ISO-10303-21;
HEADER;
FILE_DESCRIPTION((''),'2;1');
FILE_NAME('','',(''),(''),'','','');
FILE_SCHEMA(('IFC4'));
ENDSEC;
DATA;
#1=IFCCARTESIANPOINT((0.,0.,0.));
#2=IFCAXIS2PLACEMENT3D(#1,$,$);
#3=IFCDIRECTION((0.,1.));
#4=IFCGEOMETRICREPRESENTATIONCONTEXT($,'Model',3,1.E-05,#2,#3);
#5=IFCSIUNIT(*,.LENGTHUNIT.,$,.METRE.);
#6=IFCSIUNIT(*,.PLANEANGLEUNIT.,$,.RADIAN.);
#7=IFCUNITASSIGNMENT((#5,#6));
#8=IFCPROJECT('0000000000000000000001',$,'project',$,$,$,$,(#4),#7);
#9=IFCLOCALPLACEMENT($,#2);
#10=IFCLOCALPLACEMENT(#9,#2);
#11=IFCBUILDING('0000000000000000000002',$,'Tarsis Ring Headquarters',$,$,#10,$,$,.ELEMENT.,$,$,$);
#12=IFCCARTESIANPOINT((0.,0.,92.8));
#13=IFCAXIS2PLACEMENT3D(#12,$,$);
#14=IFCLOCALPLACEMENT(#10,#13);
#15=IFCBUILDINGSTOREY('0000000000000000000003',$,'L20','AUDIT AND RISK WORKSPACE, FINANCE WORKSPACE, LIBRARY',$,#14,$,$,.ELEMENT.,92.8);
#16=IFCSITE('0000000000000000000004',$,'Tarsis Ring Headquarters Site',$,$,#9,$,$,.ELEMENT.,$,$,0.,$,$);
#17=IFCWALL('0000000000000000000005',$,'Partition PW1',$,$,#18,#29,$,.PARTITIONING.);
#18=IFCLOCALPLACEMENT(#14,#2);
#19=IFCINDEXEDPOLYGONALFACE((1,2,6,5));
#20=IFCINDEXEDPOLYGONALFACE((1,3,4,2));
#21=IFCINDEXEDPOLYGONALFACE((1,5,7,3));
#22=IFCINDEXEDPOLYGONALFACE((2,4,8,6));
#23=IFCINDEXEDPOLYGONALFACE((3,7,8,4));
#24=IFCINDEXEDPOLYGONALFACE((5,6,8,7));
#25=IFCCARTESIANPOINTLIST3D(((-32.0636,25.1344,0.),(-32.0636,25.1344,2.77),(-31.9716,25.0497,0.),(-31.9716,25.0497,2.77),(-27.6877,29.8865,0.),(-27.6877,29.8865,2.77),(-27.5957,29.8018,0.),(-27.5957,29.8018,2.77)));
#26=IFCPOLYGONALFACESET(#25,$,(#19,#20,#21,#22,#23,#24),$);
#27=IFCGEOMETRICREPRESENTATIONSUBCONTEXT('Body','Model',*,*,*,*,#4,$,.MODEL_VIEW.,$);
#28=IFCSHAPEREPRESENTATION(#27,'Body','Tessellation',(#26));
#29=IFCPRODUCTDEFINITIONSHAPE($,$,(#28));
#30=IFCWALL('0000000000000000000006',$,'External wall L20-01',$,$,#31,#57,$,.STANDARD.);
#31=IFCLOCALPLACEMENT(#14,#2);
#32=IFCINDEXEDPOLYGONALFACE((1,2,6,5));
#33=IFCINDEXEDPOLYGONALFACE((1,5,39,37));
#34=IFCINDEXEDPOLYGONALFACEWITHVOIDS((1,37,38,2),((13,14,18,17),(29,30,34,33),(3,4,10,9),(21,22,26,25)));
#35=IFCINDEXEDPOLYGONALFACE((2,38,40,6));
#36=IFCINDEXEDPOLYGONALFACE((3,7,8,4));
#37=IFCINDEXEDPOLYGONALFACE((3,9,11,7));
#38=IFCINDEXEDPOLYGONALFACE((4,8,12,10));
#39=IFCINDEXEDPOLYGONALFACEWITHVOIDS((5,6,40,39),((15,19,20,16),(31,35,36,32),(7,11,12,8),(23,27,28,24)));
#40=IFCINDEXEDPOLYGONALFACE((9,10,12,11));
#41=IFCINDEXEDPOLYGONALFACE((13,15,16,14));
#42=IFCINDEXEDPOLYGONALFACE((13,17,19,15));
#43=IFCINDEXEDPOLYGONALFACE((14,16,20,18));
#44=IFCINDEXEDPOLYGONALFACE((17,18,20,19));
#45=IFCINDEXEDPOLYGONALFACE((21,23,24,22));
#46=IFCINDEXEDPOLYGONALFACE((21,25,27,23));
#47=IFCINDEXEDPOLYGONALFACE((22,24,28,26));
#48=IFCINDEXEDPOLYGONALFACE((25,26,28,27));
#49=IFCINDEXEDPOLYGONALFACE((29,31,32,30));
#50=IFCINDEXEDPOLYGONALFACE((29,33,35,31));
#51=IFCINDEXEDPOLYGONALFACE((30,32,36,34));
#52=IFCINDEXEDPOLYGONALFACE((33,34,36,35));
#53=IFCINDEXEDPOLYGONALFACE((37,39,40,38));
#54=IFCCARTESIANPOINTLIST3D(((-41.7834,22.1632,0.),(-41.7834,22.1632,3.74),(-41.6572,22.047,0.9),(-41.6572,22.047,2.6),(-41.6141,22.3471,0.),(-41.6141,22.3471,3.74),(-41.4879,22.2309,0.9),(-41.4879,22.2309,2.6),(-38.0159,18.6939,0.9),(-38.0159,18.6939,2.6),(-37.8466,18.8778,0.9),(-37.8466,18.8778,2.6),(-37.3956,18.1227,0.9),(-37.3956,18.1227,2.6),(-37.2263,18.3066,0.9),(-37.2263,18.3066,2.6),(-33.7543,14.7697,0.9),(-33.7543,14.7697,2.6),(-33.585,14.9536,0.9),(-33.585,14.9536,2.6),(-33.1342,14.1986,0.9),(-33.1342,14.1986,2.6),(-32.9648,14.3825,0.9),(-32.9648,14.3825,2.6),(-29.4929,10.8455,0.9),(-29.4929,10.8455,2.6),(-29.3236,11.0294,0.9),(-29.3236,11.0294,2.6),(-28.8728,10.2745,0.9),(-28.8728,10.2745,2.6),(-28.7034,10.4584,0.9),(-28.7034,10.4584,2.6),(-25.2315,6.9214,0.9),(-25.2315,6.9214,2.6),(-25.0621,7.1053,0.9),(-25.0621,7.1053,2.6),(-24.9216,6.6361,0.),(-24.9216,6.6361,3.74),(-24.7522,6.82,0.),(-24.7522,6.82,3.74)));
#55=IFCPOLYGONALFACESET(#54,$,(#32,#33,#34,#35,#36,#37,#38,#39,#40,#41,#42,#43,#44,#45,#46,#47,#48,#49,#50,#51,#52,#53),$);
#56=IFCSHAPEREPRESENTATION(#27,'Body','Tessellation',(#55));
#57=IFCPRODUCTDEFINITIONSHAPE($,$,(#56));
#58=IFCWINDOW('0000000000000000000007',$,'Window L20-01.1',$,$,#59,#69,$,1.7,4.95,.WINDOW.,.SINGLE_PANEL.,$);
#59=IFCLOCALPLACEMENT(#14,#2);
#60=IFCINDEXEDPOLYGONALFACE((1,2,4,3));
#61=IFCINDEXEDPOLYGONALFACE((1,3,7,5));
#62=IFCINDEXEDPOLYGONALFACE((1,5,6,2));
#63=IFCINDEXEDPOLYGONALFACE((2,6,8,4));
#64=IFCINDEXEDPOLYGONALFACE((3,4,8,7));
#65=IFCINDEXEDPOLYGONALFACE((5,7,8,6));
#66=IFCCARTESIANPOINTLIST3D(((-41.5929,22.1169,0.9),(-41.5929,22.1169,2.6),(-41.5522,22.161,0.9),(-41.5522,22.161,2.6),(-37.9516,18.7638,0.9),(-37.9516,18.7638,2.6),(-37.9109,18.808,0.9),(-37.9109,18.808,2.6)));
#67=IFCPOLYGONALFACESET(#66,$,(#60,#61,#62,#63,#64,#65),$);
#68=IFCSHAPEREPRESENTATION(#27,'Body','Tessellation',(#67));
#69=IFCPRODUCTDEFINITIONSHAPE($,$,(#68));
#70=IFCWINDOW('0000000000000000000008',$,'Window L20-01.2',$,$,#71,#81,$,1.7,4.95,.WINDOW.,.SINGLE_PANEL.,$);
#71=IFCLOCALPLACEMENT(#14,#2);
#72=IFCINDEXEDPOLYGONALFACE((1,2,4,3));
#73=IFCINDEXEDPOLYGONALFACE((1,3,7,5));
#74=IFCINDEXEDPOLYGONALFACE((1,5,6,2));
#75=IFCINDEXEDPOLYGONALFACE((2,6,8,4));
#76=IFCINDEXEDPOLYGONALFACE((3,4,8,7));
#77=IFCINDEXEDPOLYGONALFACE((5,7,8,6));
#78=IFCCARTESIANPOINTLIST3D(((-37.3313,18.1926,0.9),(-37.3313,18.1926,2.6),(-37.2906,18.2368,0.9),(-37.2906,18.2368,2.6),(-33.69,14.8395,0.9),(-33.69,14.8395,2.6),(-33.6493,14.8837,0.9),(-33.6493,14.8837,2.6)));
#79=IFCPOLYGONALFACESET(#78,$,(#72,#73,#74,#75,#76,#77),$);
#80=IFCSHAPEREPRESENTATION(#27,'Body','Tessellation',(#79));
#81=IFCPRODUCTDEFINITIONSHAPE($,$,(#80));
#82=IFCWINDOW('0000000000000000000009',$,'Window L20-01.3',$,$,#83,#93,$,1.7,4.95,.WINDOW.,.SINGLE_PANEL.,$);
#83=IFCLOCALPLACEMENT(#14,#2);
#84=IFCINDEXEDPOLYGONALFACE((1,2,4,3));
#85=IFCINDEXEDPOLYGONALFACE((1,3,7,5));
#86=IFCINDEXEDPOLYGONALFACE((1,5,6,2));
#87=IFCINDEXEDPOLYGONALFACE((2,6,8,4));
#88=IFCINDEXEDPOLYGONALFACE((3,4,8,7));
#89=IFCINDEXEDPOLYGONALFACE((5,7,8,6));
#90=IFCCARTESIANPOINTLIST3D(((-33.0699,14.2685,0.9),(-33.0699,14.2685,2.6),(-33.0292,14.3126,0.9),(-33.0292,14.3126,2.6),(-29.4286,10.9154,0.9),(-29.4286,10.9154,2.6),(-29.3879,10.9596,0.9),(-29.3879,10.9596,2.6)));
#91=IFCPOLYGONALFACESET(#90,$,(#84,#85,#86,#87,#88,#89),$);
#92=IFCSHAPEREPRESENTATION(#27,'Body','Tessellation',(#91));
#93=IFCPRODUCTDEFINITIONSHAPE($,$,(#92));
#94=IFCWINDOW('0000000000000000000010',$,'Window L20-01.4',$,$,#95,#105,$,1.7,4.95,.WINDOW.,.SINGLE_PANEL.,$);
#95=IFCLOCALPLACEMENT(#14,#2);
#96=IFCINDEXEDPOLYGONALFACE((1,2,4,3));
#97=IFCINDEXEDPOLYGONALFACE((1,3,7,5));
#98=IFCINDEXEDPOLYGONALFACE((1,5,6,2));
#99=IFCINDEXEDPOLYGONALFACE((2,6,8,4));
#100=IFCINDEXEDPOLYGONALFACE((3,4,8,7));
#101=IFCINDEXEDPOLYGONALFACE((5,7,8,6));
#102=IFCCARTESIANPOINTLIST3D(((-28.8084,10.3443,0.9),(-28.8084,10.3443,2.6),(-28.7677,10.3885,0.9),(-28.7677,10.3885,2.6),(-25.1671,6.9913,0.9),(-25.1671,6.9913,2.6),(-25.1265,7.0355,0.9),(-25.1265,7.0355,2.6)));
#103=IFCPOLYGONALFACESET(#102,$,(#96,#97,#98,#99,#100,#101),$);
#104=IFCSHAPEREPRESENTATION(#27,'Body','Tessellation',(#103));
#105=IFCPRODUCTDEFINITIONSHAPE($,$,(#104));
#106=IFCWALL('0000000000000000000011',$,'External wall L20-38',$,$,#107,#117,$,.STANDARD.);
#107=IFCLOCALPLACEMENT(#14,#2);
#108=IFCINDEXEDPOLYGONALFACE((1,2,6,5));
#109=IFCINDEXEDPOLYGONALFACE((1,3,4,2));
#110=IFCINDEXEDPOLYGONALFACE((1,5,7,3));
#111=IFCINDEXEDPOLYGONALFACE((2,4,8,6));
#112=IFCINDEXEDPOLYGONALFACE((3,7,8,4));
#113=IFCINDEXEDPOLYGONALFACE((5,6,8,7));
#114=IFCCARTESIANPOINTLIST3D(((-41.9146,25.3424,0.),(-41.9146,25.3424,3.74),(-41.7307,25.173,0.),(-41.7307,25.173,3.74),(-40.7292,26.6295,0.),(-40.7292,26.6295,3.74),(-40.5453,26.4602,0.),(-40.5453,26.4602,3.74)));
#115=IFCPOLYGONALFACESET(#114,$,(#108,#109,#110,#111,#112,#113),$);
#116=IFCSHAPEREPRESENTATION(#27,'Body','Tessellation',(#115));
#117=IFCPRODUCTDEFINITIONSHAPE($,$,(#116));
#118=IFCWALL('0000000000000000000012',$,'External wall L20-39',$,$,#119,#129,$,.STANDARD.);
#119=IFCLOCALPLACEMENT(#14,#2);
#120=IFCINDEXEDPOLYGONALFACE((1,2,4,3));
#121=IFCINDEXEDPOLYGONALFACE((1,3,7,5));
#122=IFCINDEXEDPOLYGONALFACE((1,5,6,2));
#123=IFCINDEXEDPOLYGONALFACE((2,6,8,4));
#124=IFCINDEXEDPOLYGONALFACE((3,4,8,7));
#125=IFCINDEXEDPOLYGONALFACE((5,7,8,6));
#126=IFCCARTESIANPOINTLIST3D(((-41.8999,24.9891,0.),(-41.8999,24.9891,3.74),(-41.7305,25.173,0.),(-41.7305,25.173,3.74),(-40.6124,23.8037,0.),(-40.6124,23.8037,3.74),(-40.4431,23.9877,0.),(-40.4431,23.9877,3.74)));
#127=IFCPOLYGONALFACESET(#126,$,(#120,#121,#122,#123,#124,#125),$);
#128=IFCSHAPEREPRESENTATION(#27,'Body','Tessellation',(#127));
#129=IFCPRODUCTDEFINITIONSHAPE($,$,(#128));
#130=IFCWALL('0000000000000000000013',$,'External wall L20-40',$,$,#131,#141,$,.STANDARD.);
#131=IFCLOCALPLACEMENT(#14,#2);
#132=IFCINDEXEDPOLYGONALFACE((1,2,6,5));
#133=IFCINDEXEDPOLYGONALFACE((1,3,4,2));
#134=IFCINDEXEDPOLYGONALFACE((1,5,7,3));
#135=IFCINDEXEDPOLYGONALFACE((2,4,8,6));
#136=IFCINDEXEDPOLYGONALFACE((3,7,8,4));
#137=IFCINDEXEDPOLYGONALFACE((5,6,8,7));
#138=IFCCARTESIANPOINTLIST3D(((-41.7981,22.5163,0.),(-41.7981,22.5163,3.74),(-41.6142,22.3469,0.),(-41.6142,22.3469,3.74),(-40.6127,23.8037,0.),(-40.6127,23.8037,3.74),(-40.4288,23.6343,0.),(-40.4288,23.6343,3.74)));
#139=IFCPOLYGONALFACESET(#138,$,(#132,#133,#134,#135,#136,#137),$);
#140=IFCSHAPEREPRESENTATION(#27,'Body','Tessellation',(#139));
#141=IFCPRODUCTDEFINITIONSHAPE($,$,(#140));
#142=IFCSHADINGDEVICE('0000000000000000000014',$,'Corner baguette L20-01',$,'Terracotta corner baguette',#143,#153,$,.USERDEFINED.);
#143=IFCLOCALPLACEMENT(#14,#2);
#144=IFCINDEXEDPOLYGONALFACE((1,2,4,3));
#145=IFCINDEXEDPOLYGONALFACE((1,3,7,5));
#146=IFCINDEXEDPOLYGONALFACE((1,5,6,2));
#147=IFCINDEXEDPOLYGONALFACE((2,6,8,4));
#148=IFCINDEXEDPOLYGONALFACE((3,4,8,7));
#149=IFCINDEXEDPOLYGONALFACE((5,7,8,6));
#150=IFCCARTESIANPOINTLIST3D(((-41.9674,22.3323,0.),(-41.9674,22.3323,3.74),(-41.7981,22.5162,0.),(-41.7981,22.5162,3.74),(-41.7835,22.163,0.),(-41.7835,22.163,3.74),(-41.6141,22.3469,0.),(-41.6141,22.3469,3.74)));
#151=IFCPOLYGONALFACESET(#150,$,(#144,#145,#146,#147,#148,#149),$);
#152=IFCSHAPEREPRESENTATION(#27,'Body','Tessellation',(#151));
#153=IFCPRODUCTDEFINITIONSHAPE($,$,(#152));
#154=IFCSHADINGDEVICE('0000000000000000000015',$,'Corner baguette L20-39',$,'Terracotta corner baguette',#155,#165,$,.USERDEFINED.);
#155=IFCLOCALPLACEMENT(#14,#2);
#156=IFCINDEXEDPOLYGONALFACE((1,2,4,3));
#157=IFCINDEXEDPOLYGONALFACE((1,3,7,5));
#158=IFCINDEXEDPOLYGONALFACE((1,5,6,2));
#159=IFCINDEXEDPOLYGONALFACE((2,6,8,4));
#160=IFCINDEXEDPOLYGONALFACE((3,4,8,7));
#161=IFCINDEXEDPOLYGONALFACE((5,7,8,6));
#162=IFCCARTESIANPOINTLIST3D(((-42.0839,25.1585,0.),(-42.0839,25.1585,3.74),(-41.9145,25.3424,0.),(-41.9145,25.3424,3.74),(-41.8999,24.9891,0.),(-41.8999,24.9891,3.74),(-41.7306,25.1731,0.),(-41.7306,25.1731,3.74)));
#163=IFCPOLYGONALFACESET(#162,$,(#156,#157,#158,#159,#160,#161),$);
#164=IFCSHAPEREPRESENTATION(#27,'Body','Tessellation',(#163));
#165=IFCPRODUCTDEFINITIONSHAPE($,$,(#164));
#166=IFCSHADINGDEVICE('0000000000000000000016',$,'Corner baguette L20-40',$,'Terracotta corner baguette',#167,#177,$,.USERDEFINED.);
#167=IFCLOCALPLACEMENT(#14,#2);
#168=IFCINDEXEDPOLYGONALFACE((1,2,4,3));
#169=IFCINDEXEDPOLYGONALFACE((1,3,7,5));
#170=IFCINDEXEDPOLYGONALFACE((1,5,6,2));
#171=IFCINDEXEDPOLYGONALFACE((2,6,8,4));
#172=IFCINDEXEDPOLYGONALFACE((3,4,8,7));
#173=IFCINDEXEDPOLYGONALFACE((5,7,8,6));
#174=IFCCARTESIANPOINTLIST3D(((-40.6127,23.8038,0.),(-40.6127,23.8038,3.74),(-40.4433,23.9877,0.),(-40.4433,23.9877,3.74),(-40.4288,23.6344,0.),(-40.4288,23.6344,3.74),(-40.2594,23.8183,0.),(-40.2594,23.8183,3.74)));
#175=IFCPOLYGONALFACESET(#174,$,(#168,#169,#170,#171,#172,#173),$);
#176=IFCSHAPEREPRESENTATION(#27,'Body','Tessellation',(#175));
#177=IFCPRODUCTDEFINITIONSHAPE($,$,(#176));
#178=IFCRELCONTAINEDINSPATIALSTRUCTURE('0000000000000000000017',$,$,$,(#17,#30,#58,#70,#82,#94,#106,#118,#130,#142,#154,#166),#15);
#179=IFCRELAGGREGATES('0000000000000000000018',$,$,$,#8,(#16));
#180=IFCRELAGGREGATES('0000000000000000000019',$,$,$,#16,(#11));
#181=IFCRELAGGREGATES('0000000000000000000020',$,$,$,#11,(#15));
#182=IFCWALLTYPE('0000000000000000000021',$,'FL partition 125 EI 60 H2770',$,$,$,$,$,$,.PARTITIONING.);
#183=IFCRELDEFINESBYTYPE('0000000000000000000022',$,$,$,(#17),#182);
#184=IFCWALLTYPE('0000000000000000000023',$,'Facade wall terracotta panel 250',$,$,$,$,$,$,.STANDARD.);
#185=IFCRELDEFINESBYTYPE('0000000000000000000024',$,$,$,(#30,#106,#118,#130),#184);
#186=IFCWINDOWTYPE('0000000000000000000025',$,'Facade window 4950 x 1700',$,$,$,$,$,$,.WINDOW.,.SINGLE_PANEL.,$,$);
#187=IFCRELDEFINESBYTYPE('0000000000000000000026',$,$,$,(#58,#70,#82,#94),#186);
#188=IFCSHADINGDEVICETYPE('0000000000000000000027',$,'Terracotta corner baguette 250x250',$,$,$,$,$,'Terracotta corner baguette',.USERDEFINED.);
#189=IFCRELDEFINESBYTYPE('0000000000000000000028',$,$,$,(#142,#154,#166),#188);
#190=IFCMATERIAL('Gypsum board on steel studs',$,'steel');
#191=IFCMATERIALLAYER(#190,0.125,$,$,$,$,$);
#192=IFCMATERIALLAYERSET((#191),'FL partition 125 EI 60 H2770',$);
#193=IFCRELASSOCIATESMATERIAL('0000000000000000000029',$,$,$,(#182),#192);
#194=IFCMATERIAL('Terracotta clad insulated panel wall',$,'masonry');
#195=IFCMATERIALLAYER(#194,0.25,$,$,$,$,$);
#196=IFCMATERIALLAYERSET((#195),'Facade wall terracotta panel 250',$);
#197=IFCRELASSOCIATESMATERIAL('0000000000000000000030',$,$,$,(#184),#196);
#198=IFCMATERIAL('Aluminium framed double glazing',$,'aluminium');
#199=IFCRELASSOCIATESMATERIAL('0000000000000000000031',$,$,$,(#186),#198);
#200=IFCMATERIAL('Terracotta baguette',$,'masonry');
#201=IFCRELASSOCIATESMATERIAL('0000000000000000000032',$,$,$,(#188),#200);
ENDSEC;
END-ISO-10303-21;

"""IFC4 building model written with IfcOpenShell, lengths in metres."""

from ifc_helpers import new_model, si_unit, direction, frame, frame_2d, origin, origin_2d, place, context, subcontext, project, spatial, rectangle, extrude, material, layer, layer_set, type_object, element, fill, save


model = new_model("IFC4")

# Units and contexts
model_context = context("Model", 3, precision=1e-05, world=origin(), true_north=direction((0.0, 1.0)))
body_context = subcontext(model_context, "Body", "Model", "MODEL_VIEW")
ifc_project = project(units=[si_unit("LENGTHUNIT", "METRE"), si_unit("PLANEANGLEUNIT", "RADIAN")], contexts=[model_context])

# Site, building, storey
site_placement = place(None, origin())
site = spatial("IfcSite", under=ifc_project, at=site_placement, Name="Tarsis Ring Headquarters Site", CompositionType="ELEMENT", RefElevation=0.0)
building_placement = place(site_placement, origin())
building = spatial("IfcBuilding", under=site, at=building_placement, Name="Tarsis Ring Headquarters", CompositionType="ELEMENT")
storey_placement = place(building_placement, frame((0.0, 0.0, 92.8)))
storey = spatial("IfcBuildingStorey", under=building, at=storey_placement, Name="L20", Description="AUDIT AND RISK WORKSPACE, FINANCE WORKSPACE, LIBRARY", CompositionType="ELEMENT", Elevation=92.8)

# Shared definitions
ifc_material_1 = material(Name="Gypsum board on steel studs", Category="steel")
ifc_layer_1 = layer(ifc_material_1, 0.125)
ifc_layer_set_1 = layer_set([ifc_layer_1], Name="FL partition 125 EI 60 H2770")
wall_type_1 = type_object("IfcWallType", Name="FL partition 125 EI 60 H2770", PredefinedType="PARTITIONING", material=ifc_layer_set_1)

# Wall
wall_1_placement = place(storey_placement, frame((-32.0176, 25.092, 0.0), z_axis=(0.0, 0.0, 1.0), x_axis=(0.677388, 0.735626, 0.0)))
element("IfcWall", 1, at=wall_1_placement, inside=storey, type_object=wall_type_1, Name="Partition PW1", PredefinedType="PARTITIONING", context=body_context, shape_type="SweptSolid", body=[
    extrude(rectangle(XDim=6.46, YDim=0.125, at=frame_2d((3.23, 0.0))), origin(), (0.0, 0.0, 1.0), 2.77),
])

# Wall, openings, windows
ifc_material_2 = material(Name="Terracotta clad insulated panel wall", Category="masonry")
ifc_layer_2 = layer(ifc_material_2, 0.25)
ifc_layer_set_2 = layer_set([ifc_layer_2], Name="Facade wall terracotta panel 250")
wall_type_2 = type_object("IfcWallType", Name="Facade wall terracotta panel 250", PredefinedType="STANDARD", material=ifc_layer_set_2)
wall_2_placement = place(storey_placement, frame((-41.6987, 22.2551, 0.0), z_axis=(0.0, 0.0, 1.0), x_axis=(0.735622, -0.677393, 0.0)))
wall_2 = element("IfcWall", 2, at=wall_2_placement, inside=storey, type_object=wall_type_2, Name="External wall L20-01", PredefinedType="STANDARD", context=body_context, shape_type="SweptSolid", body=[
    extrude(rectangle(XDim=22.9219, YDim=0.25, at=frame_2d((11.4609, 0.0))), origin(), (0.0, 0.0, 1.0), 3.74),
])
opening_1_placement = place(wall_2_placement, frame((0.1714, 0.0, 0.8999)))
opening_1 = element("IfcOpeningElement", 3, at=opening_1_placement, cuts=wall_2, PredefinedType="OPENING", context=body_context, shape_type="SweptSolid", body=[
    extrude(rectangle(XDim=4.95, YDim=1.7, at=frame_2d((2.4751, 0.8501))), frame((0.0, 0.135, 0.0), z_axis=(0.0, -1.0, 0.0), x_axis=(1.0, 0.0, 0.0)), (0.0, 0.0, 1.0), 0.27),
])
opening_2_placement = place(wall_2_placement, frame((5.9646, 0.0, 0.8999)))
opening_2 = element("IfcOpeningElement", 4, at=opening_2_placement, cuts=wall_2, PredefinedType="OPENING", context=body_context, shape_type="SweptSolid", body=[
    extrude(rectangle(XDim=4.95, YDim=1.7, at=frame_2d((2.4751, 0.8501))), frame((0.0, 0.135, 0.0), z_axis=(0.0, -1.0, 0.0), x_axis=(1.0, 0.0, 0.0)), (0.0, 0.0, 1.0), 0.27),
])
opening_3_placement = place(wall_2_placement, frame((11.7576, 0.0, 0.8999)))
opening_3 = element("IfcOpeningElement", 5, at=opening_3_placement, cuts=wall_2, PredefinedType="OPENING", context=body_context, shape_type="SweptSolid", body=[
    extrude(rectangle(XDim=4.95, YDim=1.7, at=frame_2d((2.4751, 0.8501))), frame((0.0, 0.135, 0.0), z_axis=(0.0, -1.0, 0.0), x_axis=(1.0, 0.0, 0.0)), (0.0, 0.0, 1.0), 0.27),
])
opening_4_placement = place(wall_2_placement, frame((17.5505, 0.0, 0.8999)))
opening_4 = element("IfcOpeningElement", 6, at=opening_4_placement, cuts=wall_2, PredefinedType="OPENING", context=body_context, shape_type="SweptSolid", body=[
    extrude(rectangle(XDim=4.95, YDim=1.7, at=frame_2d((2.4751, 0.8501))), frame((0.0, 0.135, 0.0), z_axis=(0.0, -1.0, 0.0), x_axis=(1.0, 0.0, 0.0)), (0.0, 0.0, 1.0), 0.27),
])
ifc_material_3 = material(Name="Aluminium framed double glazing", Category="aluminium")
window_type = type_object("IfcWindowType", Name="Facade window 4950 x 1700", PartitioningType="SINGLE_PANEL", PredefinedType="WINDOW", material=ifc_material_3)
window_1_placement = place(opening_1_placement, origin())
window_1 = element("IfcWindow", 7, at=window_1_placement, inside=storey, type_object=window_type, Name="Window L20-01.1", OverallHeight=1.7, OverallWidth=4.95, PartitioningType="SINGLE_PANEL", PredefinedType="WINDOW", context=body_context, shape_type="SweptSolid", body=[
    extrude(rectangle(XDim=4.95, YDim=1.7, at=frame_2d((2.4751, 0.8501))), frame((0.0, 0.03, 0.0), z_axis=(0.0, -1.0, 0.0), x_axis=(1.0, 0.0, 0.0)), (0.0, 0.0, 1.0), 0.0601),
])
fill(opening_1, window_1)
window_2_placement = place(opening_2_placement, origin())
window_2 = element("IfcWindow", 8, at=window_2_placement, inside=storey, type_object=window_type, Name="Window L20-01.2", OverallHeight=1.7, OverallWidth=4.95, PartitioningType="SINGLE_PANEL", PredefinedType="WINDOW", context=body_context, shape_type="SweptSolid", body=[
    extrude(rectangle(XDim=4.95, YDim=1.7, at=frame_2d((2.4751, 0.8501))), frame((0.0, 0.03, 0.0), z_axis=(0.0, -1.0, 0.0), x_axis=(1.0, 0.0, 0.0)), (0.0, 0.0, 1.0), 0.0601),
])
fill(opening_2, window_2)
window_3_placement = place(opening_3_placement, origin())
window_3 = element("IfcWindow", 9, at=window_3_placement, inside=storey, type_object=window_type, Name="Window L20-01.3", OverallHeight=1.7, OverallWidth=4.95, PartitioningType="SINGLE_PANEL", PredefinedType="WINDOW", context=body_context, shape_type="SweptSolid", body=[
    extrude(rectangle(XDim=4.95, YDim=1.7, at=frame_2d((2.4751, 0.8501))), frame((0.0, 0.03, 0.0), z_axis=(0.0, -1.0, 0.0), x_axis=(1.0, 0.0, 0.0)), (0.0, 0.0, 1.0), 0.0601),
])
fill(opening_3, window_3)
window_4_placement = place(opening_4_placement, origin())
window_4 = element("IfcWindow", 10, at=window_4_placement, inside=storey, type_object=window_type, Name="Window L20-01.4", OverallHeight=1.7, OverallWidth=4.95, PartitioningType="SINGLE_PANEL", PredefinedType="WINDOW", context=body_context, shape_type="SweptSolid", body=[
    extrude(rectangle(XDim=4.95, YDim=1.7, at=frame_2d((2.4751, 0.8501))), frame((0.0, 0.03, 0.0), z_axis=(0.0, -1.0, 0.0), x_axis=(1.0, 0.0, 0.0)), (0.0, 0.0, 1.0), 0.0601),
])
fill(opening_4, window_4)

# Walls
wall_3_placement = place(storey_placement, frame((-40.6372, 26.5449, 0.0), z_axis=(0.0, 0.0, 1.0), x_axis=(-0.677416, -0.7356, 0.0)))
element("IfcWall", 11, at=wall_3_placement, inside=storey, type_object=wall_type_2, Name="External wall L20-38", PredefinedType="STANDARD", context=body_context, shape_type="SweptSolid", body=[
    extrude(rectangle(XDim=1.7498, YDim=0.25, at=frame_2d((0.875, 0.0))), origin(), (0.0, 0.0, 1.0), 3.74),
])
for number, where, z_axis, x_axis, name in (
    (12, (-41.8152, 25.0811, 0.0), (0.0, 0.0, 1.0), (0.735664, -0.677347, 0.0), "External wall L20-39"),
    (13, (-40.5208, 23.719, 0.0), (0.0, 0.0, 1.0), (-0.677347, -0.735664, 0.0), "External wall L20-40"),
):
    element("IfcWall", number, at=place(storey_placement, frame(where, z_axis=z_axis, x_axis=x_axis)), inside=storey, type_object=wall_type_2, Name=name, PredefinedType="STANDARD", context=body_context, shape_type="SweptSolid", body=[
        extrude(rectangle(XDim=1.75, YDim=0.25, at=frame_2d((0.875, 0.0))), origin(), (0.0, 0.0, 1.0), 3.74),
    ])

# Shading devices
ifc_material_4 = material(Name="Terracotta baguette", Category="masonry")
shading_device_type_1 = type_object("IfcShadingDeviceType", Name="Terracotta corner baguette 250x250", ElementType="Terracotta corner baguette", PredefinedType="USERDEFINED", material=ifc_material_4)
for number, where, z_axis, x_axis, name in (
    (14, (-41.7908, 22.3396, 0.0), (0.0, 0.0, 1.0), (-0.67739, -0.735624, 0.0), "Corner baguette L20-01"),
    (15, (-41.9072, 25.1658, 0.0), (0.0, 0.0, 1.0), (-0.67739, -0.735624, 0.0), "Corner baguette L20-39"),
    (16, (-40.436, 23.811, 0.0), (0.0, 0.0, 1.0), (0.735625, -0.67739, 0.0), "Corner baguette L20-40"),
):
    element("IfcShadingDevice", number, at=place(storey_placement, frame(where, z_axis=z_axis, x_axis=x_axis)), inside=storey, type_object=shading_device_type_1, Name=name, ObjectType="Terracotta corner baguette", PredefinedType="USERDEFINED", context=body_context, shape_type="SweptSolid", body=[
        extrude(rectangle(XDim=0.25, YDim=0.25, at=origin_2d()), origin(), (0.0, 0.0, 1.0), 3.74),
    ])

save(model, "model.ifc")
